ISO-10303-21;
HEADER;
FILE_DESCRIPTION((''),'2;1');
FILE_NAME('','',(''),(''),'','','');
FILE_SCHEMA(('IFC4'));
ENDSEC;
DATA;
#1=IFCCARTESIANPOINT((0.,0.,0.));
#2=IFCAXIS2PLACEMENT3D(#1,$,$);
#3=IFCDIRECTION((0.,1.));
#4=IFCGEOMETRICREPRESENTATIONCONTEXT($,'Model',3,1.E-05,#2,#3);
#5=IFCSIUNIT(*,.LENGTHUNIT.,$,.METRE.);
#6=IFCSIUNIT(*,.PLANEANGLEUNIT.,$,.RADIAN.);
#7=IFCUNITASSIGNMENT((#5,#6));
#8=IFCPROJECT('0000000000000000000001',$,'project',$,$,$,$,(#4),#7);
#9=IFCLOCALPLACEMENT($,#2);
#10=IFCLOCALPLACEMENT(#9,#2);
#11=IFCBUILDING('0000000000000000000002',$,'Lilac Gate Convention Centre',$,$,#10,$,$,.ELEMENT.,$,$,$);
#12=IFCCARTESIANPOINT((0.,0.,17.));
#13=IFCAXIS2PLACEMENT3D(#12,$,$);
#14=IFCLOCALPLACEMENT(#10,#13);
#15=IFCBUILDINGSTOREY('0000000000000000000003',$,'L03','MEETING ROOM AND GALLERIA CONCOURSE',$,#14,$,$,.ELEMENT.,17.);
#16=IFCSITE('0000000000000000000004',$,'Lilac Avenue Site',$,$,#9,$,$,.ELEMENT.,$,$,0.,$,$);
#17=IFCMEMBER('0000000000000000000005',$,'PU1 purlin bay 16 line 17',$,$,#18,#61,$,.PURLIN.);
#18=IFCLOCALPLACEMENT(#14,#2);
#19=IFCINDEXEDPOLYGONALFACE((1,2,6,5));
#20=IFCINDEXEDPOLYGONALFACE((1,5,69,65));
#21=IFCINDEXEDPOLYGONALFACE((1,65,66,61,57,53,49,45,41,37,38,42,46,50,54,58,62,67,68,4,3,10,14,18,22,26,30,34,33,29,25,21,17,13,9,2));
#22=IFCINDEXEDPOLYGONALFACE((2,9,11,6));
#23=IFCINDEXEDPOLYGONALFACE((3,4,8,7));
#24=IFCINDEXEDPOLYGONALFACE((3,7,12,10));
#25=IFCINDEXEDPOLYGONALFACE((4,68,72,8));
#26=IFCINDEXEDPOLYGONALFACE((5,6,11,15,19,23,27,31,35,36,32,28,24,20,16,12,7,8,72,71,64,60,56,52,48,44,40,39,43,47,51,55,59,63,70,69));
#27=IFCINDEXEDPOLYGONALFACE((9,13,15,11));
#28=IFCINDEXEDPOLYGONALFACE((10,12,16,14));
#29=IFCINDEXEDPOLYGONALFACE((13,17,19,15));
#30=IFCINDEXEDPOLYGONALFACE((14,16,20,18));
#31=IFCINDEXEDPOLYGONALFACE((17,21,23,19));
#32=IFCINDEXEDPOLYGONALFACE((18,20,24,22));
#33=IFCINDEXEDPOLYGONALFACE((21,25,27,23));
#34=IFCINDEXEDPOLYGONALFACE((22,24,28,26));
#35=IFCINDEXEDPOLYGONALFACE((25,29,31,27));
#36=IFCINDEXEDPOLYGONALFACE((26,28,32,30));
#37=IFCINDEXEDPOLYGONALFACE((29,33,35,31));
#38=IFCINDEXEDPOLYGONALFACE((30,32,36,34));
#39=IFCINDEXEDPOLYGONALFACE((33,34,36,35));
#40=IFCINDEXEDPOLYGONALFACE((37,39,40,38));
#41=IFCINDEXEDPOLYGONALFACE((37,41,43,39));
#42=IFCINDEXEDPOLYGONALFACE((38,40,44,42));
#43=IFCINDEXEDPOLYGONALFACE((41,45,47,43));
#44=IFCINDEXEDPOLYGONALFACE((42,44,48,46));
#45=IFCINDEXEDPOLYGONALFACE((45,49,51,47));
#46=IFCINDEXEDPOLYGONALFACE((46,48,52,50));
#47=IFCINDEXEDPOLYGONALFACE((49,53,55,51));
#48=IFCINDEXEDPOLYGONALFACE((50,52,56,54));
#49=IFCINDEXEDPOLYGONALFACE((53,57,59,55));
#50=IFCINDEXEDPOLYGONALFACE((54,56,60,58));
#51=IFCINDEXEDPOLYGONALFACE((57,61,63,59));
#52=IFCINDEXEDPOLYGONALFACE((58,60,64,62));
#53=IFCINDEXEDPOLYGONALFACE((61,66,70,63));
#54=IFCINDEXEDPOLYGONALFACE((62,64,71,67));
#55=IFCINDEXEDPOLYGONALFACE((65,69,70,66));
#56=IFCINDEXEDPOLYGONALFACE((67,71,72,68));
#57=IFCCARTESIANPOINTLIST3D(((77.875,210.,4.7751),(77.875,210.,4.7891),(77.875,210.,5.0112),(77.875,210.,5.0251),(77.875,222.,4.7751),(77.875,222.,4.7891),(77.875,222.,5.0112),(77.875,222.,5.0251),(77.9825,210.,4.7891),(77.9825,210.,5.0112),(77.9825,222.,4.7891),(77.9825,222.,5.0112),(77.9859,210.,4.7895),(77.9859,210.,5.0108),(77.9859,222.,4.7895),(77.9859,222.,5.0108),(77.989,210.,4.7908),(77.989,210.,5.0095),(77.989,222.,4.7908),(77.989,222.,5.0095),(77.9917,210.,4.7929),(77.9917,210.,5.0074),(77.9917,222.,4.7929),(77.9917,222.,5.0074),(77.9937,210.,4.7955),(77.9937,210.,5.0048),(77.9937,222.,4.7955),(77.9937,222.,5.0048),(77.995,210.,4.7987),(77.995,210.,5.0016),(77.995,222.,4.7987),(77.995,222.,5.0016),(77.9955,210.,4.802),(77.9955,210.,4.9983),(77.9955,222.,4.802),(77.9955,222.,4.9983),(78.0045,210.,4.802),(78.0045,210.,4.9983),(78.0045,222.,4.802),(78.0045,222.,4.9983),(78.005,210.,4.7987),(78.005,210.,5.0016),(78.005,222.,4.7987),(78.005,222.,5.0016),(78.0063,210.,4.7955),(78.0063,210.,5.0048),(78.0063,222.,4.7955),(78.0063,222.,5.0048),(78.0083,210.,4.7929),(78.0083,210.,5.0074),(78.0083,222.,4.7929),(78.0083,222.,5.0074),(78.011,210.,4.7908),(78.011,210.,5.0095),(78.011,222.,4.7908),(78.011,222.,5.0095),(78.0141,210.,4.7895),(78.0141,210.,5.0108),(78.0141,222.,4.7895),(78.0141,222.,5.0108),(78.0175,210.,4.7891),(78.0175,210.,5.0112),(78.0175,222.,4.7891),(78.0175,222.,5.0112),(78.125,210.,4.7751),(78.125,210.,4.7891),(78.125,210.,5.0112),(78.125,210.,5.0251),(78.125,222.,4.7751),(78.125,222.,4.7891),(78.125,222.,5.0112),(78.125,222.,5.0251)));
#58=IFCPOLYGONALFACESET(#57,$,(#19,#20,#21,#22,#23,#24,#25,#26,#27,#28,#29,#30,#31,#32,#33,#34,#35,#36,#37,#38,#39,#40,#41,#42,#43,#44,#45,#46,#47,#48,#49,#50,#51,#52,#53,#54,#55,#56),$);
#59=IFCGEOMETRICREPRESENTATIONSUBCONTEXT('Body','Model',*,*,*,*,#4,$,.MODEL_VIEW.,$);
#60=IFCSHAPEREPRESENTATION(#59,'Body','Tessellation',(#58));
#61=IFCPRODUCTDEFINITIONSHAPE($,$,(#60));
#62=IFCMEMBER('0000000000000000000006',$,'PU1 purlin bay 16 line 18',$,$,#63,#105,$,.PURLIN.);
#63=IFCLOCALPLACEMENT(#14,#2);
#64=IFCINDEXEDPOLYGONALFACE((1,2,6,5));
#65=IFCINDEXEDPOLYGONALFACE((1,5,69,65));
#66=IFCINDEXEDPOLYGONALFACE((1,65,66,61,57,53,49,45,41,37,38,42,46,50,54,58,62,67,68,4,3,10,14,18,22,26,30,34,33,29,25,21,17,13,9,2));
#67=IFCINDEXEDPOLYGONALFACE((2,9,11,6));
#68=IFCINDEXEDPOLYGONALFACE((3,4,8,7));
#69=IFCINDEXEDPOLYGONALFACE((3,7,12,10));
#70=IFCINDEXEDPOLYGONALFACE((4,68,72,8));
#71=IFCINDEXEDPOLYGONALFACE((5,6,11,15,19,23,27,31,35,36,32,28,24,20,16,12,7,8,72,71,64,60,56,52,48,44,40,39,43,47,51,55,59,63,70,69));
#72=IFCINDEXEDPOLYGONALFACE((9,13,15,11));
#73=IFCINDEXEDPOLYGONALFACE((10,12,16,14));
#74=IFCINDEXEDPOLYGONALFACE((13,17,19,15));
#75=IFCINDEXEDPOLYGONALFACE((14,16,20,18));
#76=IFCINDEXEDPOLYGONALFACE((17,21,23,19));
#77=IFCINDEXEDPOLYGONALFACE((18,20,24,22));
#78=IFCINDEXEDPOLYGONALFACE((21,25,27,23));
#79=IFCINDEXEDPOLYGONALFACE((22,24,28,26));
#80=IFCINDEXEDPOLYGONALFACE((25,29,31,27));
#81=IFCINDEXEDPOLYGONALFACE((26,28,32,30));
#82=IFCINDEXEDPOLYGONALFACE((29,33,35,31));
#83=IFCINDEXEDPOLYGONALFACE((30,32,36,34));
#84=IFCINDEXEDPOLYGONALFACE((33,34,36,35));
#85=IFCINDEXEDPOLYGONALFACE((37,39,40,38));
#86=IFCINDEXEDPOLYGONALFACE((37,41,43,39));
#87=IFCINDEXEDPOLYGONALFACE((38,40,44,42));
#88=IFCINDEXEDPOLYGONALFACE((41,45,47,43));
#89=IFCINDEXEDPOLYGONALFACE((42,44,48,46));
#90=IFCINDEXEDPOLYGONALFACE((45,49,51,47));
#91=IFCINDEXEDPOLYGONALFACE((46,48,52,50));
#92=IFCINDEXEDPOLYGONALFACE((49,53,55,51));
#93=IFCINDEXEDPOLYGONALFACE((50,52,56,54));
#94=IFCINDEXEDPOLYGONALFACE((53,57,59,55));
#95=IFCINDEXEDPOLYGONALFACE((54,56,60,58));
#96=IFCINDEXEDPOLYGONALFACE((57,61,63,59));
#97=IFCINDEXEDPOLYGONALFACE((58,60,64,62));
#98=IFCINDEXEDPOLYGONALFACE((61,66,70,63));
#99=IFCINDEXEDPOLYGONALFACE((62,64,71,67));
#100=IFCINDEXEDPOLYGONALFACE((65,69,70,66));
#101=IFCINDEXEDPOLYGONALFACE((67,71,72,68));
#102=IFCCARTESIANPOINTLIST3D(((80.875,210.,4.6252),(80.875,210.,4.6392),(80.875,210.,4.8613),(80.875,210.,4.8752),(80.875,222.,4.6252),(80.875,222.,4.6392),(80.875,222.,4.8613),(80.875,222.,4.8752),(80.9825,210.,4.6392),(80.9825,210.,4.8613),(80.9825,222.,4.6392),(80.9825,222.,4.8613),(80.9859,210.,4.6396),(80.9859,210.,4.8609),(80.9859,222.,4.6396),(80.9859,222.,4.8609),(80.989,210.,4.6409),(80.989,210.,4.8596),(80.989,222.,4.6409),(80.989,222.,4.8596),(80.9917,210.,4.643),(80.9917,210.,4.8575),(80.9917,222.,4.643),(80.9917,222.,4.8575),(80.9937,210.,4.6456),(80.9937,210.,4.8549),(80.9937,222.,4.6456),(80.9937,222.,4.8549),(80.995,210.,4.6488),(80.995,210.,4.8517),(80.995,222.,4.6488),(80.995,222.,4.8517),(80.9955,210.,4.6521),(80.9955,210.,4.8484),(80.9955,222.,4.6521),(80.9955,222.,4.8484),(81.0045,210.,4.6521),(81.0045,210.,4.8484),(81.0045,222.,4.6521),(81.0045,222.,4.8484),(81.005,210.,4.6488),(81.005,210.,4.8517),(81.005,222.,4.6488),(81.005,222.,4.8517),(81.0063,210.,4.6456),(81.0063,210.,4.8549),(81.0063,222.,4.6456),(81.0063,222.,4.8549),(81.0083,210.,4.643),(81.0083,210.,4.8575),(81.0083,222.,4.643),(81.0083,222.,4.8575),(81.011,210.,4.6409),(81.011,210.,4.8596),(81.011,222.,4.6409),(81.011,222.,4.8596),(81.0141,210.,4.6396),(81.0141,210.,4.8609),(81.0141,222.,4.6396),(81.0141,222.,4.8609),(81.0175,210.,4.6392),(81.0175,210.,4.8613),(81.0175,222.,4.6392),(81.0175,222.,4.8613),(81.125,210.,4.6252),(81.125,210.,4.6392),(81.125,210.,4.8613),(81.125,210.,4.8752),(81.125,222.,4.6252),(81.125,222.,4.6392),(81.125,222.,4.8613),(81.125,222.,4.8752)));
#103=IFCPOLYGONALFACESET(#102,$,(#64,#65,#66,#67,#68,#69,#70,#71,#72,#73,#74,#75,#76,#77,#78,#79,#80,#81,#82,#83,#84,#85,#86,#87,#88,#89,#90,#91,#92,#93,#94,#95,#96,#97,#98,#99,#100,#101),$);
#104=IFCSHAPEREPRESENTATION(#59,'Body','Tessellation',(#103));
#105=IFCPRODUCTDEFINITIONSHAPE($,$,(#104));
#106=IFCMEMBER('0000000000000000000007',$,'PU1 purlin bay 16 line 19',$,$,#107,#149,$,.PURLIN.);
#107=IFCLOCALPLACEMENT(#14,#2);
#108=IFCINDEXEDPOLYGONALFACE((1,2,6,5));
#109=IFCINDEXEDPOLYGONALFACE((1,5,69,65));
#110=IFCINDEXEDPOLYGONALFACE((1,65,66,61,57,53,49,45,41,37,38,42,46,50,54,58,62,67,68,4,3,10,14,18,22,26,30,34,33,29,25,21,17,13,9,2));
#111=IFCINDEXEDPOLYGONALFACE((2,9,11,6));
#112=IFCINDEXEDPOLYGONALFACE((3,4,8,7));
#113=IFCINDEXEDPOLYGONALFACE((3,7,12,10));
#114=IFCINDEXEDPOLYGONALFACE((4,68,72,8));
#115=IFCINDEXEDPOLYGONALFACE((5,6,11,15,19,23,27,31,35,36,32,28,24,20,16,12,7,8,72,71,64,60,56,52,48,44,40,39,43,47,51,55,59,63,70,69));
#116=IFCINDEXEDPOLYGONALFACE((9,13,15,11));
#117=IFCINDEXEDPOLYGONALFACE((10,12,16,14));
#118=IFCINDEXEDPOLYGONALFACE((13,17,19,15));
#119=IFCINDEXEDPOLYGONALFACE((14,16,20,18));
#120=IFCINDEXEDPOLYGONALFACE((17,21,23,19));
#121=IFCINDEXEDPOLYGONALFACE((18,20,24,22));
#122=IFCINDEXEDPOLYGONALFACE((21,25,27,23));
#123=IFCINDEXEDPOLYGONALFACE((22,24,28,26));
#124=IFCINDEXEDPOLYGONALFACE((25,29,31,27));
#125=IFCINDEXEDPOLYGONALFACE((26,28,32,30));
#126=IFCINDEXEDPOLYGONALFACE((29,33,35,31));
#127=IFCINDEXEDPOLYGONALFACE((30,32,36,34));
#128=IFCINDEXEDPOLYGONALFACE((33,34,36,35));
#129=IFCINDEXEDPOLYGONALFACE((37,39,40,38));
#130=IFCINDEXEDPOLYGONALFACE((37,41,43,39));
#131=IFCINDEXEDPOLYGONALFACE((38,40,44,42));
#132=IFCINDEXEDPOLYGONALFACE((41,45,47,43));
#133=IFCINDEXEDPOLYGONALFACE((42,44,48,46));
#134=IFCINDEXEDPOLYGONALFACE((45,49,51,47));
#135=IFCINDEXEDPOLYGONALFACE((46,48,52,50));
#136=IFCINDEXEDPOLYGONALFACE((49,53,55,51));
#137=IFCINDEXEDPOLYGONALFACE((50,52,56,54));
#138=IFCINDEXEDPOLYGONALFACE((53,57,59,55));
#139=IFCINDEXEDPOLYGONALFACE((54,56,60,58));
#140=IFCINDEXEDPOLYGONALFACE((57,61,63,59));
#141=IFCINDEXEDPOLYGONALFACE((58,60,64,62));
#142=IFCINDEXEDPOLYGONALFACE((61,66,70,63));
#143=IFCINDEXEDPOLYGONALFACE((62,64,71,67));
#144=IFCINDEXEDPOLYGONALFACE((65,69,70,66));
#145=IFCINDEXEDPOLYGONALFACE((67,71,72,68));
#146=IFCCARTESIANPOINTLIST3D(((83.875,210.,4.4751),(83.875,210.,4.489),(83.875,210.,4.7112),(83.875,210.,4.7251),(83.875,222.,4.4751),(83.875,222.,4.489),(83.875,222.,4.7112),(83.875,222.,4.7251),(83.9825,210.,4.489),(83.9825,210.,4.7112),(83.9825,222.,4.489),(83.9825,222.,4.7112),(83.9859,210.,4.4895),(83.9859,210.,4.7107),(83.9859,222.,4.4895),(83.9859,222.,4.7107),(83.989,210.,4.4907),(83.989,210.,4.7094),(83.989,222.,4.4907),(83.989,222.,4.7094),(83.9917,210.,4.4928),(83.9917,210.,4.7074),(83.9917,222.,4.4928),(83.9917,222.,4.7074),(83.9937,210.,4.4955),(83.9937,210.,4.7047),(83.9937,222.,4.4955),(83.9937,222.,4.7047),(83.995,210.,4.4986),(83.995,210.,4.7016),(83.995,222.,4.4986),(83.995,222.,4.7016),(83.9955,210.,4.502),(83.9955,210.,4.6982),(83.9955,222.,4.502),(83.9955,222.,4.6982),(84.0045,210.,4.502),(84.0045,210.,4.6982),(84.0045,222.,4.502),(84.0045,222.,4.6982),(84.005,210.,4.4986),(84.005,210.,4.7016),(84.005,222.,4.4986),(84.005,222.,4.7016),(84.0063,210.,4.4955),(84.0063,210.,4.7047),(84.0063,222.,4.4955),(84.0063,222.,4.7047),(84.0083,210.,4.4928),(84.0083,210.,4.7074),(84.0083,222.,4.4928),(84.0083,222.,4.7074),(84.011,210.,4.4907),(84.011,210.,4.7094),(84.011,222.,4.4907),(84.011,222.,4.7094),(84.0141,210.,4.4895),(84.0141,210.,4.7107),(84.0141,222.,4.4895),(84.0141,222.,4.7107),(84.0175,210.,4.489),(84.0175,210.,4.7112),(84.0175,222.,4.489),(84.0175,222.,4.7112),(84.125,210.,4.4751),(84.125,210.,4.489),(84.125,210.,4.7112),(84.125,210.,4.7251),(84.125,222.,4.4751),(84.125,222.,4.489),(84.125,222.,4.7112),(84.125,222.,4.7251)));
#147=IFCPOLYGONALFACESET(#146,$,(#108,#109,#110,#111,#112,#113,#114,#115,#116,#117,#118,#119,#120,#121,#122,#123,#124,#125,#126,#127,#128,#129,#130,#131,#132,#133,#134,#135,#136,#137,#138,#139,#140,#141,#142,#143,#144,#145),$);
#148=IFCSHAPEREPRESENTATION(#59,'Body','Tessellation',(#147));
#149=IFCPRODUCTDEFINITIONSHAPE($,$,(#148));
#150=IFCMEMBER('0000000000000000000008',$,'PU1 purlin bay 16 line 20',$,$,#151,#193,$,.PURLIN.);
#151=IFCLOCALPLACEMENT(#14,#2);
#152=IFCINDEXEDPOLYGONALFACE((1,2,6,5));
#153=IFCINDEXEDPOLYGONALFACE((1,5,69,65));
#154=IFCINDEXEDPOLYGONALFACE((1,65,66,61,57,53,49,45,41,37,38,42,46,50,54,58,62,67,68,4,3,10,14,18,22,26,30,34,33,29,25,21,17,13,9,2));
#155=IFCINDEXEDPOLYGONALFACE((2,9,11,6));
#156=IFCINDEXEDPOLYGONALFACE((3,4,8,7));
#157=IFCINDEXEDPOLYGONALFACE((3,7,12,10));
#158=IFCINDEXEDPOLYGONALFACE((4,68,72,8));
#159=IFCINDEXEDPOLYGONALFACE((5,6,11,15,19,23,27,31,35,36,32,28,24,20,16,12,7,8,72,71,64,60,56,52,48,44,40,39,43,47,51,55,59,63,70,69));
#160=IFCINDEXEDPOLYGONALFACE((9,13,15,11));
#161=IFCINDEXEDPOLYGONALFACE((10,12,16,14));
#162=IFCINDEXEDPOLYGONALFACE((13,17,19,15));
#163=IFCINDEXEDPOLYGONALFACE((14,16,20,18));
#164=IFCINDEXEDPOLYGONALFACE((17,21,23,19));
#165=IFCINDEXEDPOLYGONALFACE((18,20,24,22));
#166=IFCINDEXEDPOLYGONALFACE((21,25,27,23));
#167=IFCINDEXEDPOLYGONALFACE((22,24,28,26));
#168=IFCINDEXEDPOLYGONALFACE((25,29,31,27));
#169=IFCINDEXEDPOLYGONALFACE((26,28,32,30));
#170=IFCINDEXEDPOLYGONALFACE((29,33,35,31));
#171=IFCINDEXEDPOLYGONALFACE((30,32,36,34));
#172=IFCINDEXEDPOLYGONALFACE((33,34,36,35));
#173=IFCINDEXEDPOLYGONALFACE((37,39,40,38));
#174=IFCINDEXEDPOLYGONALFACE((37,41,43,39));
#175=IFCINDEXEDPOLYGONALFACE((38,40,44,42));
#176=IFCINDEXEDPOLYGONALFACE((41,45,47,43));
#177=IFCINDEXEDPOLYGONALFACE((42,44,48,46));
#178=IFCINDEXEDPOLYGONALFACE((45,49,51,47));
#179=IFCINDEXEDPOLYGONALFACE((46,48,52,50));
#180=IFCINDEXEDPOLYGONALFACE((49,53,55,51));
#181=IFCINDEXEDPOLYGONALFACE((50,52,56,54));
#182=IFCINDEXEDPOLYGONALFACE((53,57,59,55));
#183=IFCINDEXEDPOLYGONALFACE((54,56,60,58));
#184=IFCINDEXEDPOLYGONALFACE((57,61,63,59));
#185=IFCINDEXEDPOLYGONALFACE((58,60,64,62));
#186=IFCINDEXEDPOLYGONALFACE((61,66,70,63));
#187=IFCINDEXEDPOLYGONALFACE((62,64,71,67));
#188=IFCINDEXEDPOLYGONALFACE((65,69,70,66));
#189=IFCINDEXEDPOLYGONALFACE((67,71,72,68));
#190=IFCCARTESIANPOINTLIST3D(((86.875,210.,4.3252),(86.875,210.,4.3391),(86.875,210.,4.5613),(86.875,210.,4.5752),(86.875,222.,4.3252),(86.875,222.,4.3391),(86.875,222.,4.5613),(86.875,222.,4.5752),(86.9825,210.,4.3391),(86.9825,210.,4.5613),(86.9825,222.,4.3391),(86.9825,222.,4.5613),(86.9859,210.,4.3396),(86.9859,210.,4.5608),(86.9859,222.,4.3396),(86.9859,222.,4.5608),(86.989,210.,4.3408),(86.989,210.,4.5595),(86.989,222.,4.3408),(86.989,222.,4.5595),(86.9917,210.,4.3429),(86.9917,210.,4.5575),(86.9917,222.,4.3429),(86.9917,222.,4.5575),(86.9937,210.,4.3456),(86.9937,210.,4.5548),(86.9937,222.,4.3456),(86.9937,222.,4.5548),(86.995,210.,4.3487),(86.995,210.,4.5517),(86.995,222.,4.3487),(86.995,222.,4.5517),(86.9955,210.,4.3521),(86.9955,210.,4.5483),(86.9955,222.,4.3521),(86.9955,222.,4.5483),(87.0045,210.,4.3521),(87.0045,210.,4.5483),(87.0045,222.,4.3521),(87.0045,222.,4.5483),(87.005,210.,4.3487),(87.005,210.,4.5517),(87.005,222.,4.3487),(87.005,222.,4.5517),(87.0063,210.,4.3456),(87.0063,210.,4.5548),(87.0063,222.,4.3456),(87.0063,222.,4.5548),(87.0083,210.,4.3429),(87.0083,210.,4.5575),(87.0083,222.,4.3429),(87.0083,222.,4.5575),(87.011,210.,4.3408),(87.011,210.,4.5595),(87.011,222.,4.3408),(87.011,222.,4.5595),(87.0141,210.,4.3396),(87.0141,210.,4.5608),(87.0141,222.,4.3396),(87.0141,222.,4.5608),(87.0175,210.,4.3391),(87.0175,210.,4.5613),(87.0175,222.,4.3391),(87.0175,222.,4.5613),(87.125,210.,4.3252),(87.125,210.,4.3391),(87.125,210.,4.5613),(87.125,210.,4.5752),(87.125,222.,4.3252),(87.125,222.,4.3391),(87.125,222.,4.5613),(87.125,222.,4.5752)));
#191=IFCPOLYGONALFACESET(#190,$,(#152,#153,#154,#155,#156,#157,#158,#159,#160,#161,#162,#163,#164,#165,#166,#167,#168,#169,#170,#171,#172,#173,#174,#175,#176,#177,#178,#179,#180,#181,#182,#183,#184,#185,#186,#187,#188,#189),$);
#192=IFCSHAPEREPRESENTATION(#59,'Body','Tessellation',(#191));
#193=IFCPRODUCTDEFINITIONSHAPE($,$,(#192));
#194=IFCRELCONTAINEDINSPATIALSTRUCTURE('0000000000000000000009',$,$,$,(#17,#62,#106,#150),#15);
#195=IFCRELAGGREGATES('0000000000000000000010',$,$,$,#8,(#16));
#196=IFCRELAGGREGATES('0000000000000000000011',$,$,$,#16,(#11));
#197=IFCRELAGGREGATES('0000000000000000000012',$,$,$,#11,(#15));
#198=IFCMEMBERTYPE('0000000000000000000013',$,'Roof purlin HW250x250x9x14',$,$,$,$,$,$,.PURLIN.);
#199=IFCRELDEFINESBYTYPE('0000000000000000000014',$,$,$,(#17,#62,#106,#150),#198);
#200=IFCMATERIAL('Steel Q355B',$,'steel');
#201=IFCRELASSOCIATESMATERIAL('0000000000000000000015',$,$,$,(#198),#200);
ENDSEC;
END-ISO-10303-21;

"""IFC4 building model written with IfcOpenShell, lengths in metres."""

from ifc_helpers import new_model, si_unit, direction, frame, origin, origin_2d, place, context, subcontext, project, spatial, i_section, extrude, material, material_profile, profile_set, type_object, element, save


model = new_model("IFC4")

# Units and contexts
model_context = context("Model", 3, precision=1e-05, world=origin(), true_north=direction((0.0, 1.0)))
body_context = subcontext(model_context, "Body", "Model", "MODEL_VIEW")
ifc_project = project(units=[si_unit("LENGTHUNIT", "METRE"), si_unit("PLANEANGLEUNIT", "RADIAN")], contexts=[model_context])

# Site, building, storey
site_placement = place(None, origin())
site = spatial("IfcSite", under=ifc_project, at=site_placement, Name="Lilac Avenue Site", CompositionType="ELEMENT", RefElevation=0.0)
building_placement = place(site_placement, origin())
building = spatial("IfcBuilding", under=site, at=building_placement, Name="Lilac Gate Convention Centre", CompositionType="ELEMENT")
storey_placement = place(building_placement, frame((0.0, 0.0, 17.0)))
storey = spatial("IfcBuildingStorey", under=building, at=storey_placement, Name="L03", Description="MEETING ROOM AND GALLERIA CONCOURSE", CompositionType="ELEMENT", Elevation=17.0)

# Members
ifc_material_1 = material(Name="Steel Q355B", Category="steel")
ifc_material_profile_1 = material_profile(ifc_material_1, i_section(OverallWidth=0.25, OverallDepth=0.25, WebThickness=0.009, FlangeThickness=0.0139, FilletRadius=0.0129, at=origin_2d()), Name="HW250x250x9x14")
ifc_profile_set_1 = profile_set([ifc_material_profile_1], Name="Steel Q355B")
member_type_1 = type_object("IfcMemberType", Name="Roof purlin HW250x250x9x14", PredefinedType="PURLIN", material=ifc_profile_set_1)
for number, where, z_axis, x_axis, name in (
    (1, (78.0, 210.0, 4.9001), (0.0, 1.0, 0.0), (-1.0, 0.0, 0.0), "PU1 purlin bay 16 line 17"),
    (2, (81.0, 210.0, 4.7502), (0.0, 1.0, 0.0), (-1.0, 0.0, 0.0), "PU1 purlin bay 16 line 18"),
    (3, (84.0, 210.0, 4.6001), (0.0, 1.0, 0.0), (-1.0, 0.0, 0.0), "PU1 purlin bay 16 line 19"),
    (4, (87.0, 210.0, 4.4502), (0.0, 1.0, 0.0), (-1.0, 0.0, 0.0), "PU1 purlin bay 16 line 20"),
):
    element("IfcMember", number, at=place(storey_placement, frame(where, z_axis=z_axis, x_axis=x_axis)), inside=storey, type_object=member_type_1, Name=name, PredefinedType="PURLIN", context=body_context, shape_type="SweptSolid", body=[
        extrude(i_section(OverallWidth=0.25, OverallDepth=0.25, WebThickness=0.009, FlangeThickness=0.0139, FilletRadius=0.0129, at=origin_2d()), origin(), (0.0, 0.0, 1.0), 12.0),
    ])

save(model, "model.ifc")
